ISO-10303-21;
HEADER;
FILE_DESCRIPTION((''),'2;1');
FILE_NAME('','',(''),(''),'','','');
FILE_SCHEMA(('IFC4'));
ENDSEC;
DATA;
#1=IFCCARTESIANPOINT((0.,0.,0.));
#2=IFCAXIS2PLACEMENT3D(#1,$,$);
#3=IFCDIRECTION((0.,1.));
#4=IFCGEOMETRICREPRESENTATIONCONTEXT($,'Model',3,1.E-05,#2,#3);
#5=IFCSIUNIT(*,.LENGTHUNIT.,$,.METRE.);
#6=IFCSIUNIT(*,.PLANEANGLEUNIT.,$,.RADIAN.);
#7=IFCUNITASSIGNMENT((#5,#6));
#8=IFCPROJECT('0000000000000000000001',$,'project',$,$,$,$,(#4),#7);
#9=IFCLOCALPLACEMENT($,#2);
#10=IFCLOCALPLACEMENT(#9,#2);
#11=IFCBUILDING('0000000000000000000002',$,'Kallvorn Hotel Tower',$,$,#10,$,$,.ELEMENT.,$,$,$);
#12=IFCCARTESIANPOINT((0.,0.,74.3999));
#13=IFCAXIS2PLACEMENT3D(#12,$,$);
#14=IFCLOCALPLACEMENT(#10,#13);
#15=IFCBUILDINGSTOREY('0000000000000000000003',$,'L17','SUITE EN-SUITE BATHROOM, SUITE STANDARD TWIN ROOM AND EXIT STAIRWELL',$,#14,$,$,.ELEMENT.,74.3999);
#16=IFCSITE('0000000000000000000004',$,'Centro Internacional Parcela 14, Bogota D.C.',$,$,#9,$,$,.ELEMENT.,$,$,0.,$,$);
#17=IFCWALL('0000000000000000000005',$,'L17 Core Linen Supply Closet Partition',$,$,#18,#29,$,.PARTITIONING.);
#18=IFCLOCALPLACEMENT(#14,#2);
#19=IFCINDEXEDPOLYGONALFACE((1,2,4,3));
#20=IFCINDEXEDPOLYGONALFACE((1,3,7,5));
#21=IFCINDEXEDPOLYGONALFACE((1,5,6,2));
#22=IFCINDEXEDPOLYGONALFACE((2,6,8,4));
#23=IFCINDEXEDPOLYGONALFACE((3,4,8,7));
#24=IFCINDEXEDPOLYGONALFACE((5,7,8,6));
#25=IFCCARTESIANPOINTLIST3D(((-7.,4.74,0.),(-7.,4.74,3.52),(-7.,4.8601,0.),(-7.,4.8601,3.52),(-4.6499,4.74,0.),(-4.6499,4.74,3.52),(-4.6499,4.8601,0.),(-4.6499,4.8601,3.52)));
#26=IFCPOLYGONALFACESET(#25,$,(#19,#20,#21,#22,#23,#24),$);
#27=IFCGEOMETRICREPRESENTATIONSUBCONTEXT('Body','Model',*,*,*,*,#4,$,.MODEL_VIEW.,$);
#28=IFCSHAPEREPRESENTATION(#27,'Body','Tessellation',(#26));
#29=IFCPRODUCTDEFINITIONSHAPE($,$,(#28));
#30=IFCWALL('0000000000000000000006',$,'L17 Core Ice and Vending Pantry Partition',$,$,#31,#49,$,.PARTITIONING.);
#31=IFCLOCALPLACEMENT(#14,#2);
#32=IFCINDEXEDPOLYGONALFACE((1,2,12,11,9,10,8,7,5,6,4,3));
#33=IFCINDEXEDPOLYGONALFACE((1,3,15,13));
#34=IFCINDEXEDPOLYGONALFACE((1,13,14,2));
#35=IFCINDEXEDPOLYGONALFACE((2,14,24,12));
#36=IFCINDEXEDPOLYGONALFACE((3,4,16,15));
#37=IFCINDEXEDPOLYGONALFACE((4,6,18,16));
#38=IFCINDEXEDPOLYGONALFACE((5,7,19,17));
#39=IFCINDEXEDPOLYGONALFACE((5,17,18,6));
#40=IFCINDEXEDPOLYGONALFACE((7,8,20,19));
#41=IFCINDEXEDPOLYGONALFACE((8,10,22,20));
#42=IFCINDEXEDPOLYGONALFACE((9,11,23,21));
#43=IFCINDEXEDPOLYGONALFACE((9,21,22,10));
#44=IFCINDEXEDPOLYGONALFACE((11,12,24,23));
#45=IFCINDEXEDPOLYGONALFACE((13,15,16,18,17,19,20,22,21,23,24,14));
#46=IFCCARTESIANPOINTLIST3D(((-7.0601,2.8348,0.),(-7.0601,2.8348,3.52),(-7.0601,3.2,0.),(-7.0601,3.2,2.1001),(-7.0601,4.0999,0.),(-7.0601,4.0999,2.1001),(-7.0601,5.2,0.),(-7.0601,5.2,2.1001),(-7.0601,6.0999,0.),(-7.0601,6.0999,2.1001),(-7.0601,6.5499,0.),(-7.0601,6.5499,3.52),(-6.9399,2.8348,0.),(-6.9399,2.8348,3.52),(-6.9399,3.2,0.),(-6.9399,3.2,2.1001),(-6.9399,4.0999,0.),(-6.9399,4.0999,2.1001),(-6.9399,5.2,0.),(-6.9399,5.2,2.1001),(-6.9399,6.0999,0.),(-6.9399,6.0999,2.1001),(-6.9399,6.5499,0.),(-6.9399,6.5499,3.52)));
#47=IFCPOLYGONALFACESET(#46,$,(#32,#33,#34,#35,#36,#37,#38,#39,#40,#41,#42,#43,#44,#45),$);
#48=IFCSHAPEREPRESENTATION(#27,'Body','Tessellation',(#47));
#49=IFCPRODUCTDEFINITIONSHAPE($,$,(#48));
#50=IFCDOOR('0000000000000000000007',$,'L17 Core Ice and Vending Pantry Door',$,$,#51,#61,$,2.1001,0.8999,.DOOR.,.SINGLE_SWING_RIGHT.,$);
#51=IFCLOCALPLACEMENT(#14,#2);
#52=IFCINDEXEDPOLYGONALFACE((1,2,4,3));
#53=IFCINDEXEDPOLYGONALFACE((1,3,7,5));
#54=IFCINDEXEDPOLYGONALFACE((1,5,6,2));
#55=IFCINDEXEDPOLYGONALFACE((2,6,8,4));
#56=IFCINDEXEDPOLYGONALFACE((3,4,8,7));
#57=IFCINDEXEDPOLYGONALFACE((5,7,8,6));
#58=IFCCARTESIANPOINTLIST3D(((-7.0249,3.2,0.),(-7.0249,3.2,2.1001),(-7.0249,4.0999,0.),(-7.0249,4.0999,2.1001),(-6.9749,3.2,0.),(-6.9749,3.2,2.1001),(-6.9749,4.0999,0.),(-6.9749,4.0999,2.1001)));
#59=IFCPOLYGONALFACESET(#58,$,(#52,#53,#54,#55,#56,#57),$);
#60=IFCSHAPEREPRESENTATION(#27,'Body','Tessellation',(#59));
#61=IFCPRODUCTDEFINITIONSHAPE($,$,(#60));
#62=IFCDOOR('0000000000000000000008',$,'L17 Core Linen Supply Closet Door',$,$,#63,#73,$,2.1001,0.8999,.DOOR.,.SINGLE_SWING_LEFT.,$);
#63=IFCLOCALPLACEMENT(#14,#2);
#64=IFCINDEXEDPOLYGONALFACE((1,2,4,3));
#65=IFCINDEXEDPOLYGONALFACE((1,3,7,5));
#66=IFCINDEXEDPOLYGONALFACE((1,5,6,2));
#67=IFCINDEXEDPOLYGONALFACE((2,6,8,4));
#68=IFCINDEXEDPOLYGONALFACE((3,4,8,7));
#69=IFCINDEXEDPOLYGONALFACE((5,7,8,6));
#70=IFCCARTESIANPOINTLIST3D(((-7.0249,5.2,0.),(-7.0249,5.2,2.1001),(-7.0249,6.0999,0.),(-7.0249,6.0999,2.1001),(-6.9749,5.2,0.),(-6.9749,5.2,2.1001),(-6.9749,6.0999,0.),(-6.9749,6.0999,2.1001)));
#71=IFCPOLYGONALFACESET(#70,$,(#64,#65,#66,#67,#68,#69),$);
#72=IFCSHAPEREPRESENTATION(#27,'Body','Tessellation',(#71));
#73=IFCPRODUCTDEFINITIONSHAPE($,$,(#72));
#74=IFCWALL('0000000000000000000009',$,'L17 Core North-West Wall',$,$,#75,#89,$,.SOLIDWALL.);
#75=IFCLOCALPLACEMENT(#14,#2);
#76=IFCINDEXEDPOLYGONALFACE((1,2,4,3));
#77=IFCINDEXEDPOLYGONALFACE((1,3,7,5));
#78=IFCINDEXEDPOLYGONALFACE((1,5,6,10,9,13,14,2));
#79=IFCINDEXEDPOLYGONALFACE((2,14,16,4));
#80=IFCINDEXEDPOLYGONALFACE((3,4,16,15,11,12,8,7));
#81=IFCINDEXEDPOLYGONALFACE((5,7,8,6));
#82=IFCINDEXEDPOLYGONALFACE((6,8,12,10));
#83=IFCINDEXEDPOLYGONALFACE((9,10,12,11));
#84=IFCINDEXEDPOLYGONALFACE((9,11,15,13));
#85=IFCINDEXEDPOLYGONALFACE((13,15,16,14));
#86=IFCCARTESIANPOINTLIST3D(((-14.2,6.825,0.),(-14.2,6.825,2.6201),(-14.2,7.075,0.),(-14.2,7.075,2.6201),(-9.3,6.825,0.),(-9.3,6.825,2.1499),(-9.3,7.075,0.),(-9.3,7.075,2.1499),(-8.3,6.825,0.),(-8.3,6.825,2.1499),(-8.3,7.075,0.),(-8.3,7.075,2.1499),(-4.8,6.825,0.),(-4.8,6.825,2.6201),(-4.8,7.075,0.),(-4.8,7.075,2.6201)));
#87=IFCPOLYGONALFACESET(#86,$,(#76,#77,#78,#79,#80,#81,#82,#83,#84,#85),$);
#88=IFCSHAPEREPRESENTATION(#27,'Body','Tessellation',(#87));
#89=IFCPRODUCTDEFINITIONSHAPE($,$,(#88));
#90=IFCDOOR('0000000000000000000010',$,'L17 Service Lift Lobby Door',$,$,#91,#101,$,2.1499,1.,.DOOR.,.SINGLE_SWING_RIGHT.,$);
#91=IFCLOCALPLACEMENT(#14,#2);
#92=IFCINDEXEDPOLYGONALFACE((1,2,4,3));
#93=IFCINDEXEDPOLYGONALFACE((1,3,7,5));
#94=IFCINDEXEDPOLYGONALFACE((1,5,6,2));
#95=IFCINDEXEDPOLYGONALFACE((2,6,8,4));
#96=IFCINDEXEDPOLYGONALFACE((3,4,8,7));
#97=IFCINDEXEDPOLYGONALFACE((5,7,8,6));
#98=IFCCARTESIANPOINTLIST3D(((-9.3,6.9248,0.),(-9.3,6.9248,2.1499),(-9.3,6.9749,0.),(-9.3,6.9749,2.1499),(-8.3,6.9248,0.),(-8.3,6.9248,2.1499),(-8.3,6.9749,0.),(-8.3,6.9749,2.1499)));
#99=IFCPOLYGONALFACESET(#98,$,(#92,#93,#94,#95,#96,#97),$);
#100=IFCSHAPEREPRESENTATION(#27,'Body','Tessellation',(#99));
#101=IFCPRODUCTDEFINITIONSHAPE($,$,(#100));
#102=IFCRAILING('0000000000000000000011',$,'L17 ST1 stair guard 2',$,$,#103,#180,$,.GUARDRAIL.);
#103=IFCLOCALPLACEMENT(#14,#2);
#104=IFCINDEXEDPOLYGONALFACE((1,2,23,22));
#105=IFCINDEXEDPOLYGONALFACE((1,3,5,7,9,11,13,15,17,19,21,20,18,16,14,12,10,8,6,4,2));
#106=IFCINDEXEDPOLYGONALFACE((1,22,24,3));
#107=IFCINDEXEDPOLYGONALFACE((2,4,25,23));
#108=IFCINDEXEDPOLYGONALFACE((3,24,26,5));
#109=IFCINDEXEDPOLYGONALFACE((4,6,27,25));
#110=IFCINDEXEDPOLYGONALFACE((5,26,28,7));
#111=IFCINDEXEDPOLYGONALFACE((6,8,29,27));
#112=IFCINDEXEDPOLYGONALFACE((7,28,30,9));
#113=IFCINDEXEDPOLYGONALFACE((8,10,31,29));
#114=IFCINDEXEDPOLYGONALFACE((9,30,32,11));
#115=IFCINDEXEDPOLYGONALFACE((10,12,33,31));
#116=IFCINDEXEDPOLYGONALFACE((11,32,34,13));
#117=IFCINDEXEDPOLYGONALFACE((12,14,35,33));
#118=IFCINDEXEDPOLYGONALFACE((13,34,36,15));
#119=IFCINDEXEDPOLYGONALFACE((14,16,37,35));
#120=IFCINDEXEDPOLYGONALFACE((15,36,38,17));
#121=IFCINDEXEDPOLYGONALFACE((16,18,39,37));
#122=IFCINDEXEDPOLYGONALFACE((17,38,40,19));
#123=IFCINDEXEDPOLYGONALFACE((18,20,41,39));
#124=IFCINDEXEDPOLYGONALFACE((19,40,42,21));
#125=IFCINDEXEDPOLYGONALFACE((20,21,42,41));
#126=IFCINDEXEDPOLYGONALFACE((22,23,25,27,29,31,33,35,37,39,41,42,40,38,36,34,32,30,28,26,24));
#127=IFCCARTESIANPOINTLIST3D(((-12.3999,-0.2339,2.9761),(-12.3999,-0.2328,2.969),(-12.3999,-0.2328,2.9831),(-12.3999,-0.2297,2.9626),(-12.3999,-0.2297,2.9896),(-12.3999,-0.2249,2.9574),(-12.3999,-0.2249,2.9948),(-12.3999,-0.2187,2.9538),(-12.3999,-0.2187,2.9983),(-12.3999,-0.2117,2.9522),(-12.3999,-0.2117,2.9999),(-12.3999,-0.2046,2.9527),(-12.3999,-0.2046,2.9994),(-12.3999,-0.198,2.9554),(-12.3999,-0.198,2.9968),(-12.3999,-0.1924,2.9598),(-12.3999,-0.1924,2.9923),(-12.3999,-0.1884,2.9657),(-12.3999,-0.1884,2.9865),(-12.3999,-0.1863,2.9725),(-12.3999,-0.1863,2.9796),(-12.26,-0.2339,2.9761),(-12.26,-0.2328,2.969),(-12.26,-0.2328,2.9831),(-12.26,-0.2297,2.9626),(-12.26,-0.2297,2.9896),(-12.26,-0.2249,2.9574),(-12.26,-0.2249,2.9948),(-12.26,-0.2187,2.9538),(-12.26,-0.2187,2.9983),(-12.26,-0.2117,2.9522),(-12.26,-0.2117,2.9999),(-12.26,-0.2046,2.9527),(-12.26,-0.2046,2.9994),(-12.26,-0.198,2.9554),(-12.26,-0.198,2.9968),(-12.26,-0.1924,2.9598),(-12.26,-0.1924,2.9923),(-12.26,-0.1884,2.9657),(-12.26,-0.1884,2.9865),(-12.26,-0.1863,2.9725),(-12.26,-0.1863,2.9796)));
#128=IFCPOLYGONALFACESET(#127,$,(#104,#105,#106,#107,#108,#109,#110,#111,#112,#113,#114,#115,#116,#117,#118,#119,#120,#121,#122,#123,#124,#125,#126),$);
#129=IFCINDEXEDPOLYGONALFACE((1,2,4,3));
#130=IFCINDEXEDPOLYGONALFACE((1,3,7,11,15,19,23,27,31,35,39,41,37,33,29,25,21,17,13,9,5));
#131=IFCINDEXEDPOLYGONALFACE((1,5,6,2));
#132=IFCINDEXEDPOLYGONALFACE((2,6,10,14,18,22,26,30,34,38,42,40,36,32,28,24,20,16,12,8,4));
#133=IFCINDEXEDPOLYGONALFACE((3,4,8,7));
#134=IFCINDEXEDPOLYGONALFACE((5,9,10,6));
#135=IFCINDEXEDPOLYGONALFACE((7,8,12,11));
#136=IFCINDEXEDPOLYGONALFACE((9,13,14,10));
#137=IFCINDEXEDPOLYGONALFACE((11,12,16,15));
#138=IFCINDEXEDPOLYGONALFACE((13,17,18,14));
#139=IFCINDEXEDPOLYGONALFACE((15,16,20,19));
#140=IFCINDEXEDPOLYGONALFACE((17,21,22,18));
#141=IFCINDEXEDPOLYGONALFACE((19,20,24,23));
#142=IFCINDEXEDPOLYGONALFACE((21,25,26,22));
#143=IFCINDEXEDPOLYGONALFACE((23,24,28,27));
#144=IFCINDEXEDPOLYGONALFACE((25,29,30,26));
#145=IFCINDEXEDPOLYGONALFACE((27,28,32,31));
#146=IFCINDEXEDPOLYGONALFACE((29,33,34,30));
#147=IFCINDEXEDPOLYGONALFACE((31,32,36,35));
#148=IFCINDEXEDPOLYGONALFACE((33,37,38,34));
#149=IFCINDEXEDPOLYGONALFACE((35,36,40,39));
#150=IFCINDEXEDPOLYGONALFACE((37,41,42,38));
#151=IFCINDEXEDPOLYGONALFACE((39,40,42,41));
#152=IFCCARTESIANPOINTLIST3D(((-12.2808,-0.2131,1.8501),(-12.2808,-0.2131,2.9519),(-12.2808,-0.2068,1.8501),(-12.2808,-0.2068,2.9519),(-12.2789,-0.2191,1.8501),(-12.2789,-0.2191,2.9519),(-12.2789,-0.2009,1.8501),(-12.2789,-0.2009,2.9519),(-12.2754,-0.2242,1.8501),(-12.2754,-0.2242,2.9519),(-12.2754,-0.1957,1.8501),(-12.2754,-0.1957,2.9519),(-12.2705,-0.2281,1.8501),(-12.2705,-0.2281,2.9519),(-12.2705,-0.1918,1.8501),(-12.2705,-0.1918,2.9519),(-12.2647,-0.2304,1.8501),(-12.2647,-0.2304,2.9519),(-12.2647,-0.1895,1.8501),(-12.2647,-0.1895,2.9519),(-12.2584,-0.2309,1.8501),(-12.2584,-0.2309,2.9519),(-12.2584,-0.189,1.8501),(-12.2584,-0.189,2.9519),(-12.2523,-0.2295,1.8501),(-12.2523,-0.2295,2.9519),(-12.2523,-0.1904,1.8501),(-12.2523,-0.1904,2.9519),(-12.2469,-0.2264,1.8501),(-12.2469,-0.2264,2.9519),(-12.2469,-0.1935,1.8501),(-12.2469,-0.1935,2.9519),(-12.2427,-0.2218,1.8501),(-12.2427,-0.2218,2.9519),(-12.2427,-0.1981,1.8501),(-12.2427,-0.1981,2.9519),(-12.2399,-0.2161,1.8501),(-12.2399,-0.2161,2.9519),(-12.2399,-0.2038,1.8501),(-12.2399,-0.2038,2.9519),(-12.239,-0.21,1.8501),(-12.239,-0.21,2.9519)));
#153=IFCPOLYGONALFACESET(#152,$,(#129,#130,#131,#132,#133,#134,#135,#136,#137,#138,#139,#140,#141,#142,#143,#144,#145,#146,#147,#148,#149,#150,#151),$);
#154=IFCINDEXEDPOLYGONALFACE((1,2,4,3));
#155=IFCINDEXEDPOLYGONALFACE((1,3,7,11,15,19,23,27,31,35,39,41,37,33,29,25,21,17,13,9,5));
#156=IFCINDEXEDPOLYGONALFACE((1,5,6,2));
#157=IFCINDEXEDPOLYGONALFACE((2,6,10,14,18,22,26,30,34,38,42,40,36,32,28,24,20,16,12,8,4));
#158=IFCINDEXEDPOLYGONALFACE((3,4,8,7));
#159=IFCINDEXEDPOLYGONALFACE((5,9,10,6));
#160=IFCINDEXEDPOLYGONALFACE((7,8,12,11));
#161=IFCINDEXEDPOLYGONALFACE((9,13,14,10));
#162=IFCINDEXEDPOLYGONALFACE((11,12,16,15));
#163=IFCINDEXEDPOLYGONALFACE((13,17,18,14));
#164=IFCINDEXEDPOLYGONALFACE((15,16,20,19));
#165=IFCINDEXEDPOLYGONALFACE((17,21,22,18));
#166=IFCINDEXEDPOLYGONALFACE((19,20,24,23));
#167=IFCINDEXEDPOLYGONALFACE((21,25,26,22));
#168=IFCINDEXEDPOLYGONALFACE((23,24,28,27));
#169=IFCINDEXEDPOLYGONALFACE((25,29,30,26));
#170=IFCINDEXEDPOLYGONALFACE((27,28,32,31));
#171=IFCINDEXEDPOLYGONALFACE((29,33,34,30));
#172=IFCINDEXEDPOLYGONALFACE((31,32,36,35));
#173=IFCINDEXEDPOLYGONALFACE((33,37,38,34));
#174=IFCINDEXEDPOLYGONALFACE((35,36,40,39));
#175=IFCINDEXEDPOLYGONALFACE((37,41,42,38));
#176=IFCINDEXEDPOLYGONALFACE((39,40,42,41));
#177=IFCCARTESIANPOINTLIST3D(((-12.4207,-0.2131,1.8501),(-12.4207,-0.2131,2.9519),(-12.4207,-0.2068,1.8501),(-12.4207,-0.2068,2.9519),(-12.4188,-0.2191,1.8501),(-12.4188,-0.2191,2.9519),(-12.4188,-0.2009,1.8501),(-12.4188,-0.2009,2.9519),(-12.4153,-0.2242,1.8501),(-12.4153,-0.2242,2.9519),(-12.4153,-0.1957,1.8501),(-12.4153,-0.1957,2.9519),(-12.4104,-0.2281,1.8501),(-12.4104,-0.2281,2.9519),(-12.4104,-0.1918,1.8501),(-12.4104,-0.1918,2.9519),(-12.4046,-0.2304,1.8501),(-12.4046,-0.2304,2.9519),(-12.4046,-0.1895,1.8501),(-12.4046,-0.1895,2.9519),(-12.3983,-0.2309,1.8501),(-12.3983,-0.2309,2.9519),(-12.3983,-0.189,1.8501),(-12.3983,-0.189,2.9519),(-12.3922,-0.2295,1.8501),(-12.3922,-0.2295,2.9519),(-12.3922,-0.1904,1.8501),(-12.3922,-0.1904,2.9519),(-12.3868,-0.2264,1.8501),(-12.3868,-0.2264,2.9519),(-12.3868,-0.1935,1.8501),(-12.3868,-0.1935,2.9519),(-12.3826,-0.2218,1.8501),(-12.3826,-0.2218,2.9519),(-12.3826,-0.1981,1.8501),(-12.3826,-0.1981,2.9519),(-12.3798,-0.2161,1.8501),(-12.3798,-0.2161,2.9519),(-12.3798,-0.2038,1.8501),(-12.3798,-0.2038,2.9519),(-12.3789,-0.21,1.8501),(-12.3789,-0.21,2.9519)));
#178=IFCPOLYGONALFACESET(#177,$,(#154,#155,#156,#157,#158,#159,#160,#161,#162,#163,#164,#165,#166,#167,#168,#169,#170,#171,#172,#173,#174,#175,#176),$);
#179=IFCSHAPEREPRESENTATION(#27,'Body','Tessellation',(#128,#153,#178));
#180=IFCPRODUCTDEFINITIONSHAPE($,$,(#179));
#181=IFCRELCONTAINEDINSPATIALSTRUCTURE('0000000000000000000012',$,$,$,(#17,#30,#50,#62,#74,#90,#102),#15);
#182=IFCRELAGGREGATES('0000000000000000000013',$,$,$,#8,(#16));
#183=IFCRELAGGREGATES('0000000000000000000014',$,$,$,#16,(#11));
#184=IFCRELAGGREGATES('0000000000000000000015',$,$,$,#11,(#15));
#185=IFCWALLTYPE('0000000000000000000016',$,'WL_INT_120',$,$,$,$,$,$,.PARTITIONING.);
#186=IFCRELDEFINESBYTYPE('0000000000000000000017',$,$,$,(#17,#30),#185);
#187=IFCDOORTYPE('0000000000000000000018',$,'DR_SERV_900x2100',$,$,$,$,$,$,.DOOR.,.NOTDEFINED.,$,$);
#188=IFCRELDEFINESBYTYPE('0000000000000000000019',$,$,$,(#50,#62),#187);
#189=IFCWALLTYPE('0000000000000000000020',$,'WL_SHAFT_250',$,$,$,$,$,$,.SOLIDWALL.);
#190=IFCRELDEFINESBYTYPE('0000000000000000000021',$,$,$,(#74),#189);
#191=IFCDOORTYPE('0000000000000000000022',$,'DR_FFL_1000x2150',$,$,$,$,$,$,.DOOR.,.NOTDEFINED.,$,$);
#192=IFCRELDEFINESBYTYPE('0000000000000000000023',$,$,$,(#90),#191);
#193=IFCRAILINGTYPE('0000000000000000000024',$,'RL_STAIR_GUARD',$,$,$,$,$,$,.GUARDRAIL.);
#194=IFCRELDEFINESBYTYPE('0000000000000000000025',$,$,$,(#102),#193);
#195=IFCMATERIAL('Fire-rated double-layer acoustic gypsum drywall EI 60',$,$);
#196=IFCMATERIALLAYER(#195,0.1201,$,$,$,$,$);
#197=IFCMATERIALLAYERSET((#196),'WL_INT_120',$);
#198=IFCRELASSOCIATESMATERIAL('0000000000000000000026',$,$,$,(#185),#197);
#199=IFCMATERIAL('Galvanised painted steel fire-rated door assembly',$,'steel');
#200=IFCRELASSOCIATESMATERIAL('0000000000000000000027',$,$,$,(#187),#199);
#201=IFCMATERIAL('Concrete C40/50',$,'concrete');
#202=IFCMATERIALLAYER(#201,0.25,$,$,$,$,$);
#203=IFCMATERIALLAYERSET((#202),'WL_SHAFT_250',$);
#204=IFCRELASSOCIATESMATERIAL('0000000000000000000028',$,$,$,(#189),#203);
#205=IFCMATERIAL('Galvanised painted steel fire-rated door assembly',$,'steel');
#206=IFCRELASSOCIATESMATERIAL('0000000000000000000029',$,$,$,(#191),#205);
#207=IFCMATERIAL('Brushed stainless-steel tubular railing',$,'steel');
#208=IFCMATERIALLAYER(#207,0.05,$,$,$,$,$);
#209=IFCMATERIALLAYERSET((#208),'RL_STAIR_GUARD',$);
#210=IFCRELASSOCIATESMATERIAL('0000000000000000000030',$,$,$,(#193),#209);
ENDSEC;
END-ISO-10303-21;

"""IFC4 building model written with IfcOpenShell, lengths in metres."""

from ifc_helpers import new_model, si_unit, direction, frame, frame_2d, origin, origin_2d, place, context, subcontext, project, spatial, rectangle, circle, extrude, material, layer, layer_set, type_object, element, fill, save


model = new_model("IFC4")

# Units and contexts
model_context = context("Model", 3, precision=1e-05, world=origin(), true_north=direction((0.0, 1.0)))
body_context = subcontext(model_context, "Body", "Model", "MODEL_VIEW")
ifc_project = project(units=[si_unit("LENGTHUNIT", "METRE"), si_unit("PLANEANGLEUNIT", "RADIAN")], contexts=[model_context])

# Site, building, storey
site_placement = place(None, origin())
site = spatial("IfcSite", under=ifc_project, at=site_placement, Name="Centro Internacional Parcela 14, Bogota D.C.", CompositionType="ELEMENT", RefElevation=0.0)
building_placement = place(site_placement, origin())
building = spatial("IfcBuilding", under=site, at=building_placement, Name="Kallvorn Hotel Tower", CompositionType="ELEMENT")
storey_placement = place(building_placement, frame((0.0, 0.0, 74.3999)))
storey = spatial("IfcBuildingStorey", under=building, at=storey_placement, Name="L17", Description="SUITE EN-SUITE BATHROOM, SUITE STANDARD TWIN ROOM AND EXIT STAIRWELL", CompositionType="ELEMENT", Elevation=74.3999)

# Wall
ifc_material_1 = material(Name="Fire-rated double-layer acoustic gypsum drywall EI 60")
ifc_layer_1 = layer(ifc_material_1, 0.1201)
ifc_layer_set_1 = layer_set([ifc_layer_1], Name="WL_INT_120")
wall_type_1 = type_object("IfcWallType", Name="WL_INT_120", PredefinedType="PARTITIONING", material=ifc_layer_set_1)
for number, where, z_axis, x_axis, name in (
    (1, (-7.0, 4.8, 0.0), (0.0, 0.0, 1.0), (1.0, 0.0, 0.0), "L17 Core Linen Supply Closet Partition"),
):
    element("IfcWall", number, at=place(storey_placement, frame(where, z_axis=z_axis, x_axis=x_axis)), inside=storey, type_object=wall_type_1, Name=name, PredefinedType="PARTITIONING", context=body_context, shape_type="SweptSolid", body=[
        extrude(rectangle(XDim=2.3501, YDim=0.1201, at=frame_2d((1.175, 0.0))), origin(), (0.0, 0.0, 1.0), 3.52),
    ])

# Wall, openings, doors
wall_1_placement = place(storey_placement, frame((-7.0, 2.835, 0.0), z_axis=(0.0, 0.0, 1.0), x_axis=(0.0, 1.0, 0.0)))
wall_1 = element("IfcWall", 2, at=wall_1_placement, inside=storey, type_object=wall_type_1, Name="L17 Core Ice and Vending Pantry Partition", PredefinedType="PARTITIONING", context=body_context, shape_type="SweptSolid", body=[
    extrude(rectangle(XDim=3.7151, YDim=0.1201, at=frame_2d((1.8574, 0.0))), origin(), (0.0, 0.0, 1.0), 3.52),
])
opening_1_placement = place(wall_1_placement, frame((0.365, 0.0, 0.0)))
opening_1 = element("IfcOpeningElement", 3, at=opening_1_placement, cuts=wall_1, PredefinedType="OPENING", context=body_context, shape_type="SweptSolid", body=[
    extrude(rectangle(XDim=0.8999, YDim=2.1001, at=frame_2d((0.45, 1.05))), frame((0.0, 0.075, 0.0), z_axis=(0.0, -1.0, 0.0), x_axis=(1.0, 0.0, 0.0)), (0.0, 0.0, 1.0), 0.1501),
])
opening_2_placement = place(wall_1_placement, frame((2.365, 0.0, 0.0)))
opening_2 = element("IfcOpeningElement", 4, at=opening_2_placement, cuts=wall_1, PredefinedType="OPENING", context=body_context, shape_type="SweptSolid", body=[
    extrude(rectangle(XDim=0.8999, YDim=2.1001, at=frame_2d((0.45, 1.05))), frame((0.0, 0.075, 0.0), z_axis=(0.0, -1.0, 0.0), x_axis=(1.0, 0.0, 0.0)), (0.0, 0.0, 1.0), 0.1501),
])
ifc_material_2 = material(Name="Galvanised painted steel fire-rated door assembly", Category="steel")
door_type_1 = type_object("IfcDoorType", Name="DR_SERV_900x2100", OperationType="NOTDEFINED", PredefinedType="DOOR", material=ifc_material_2)
door_1_placement = place(opening_1_placement, origin())
door_1 = element("IfcDoor", 5, at=door_1_placement, inside=storey, type_object=door_type_1, Name="L17 Core Ice and Vending Pantry Door", OperationType="SINGLE_SWING_RIGHT", OverallHeight=2.1001, OverallWidth=0.8999, PredefinedType="DOOR", context=body_context, shape_type="SweptSolid", body=[
    extrude(rectangle(XDim=0.8999, YDim=2.1001, at=frame_2d((0.45, 1.05))), frame((0.0, 0.0249, 0.0), z_axis=(0.0, -1.0, 0.0), x_axis=(1.0, 0.0, 0.0)), (0.0, 0.0, 1.0), 0.05),
])
fill(opening_1, door_1)
door_2_placement = place(opening_2_placement, origin())
door_2 = element("IfcDoor", 6, at=door_2_placement, inside=storey, type_object=door_type_1, Name="L17 Core Linen Supply Closet Door", OperationType="SINGLE_SWING_LEFT", OverallHeight=2.1001, OverallWidth=0.8999, PredefinedType="DOOR", context=body_context, shape_type="SweptSolid", body=[
    extrude(rectangle(XDim=0.8999, YDim=2.1001, at=frame_2d((0.45, 1.05))), frame((0.0, 0.0249, 0.0), z_axis=(0.0, -1.0, 0.0), x_axis=(1.0, 0.0, 0.0)), (0.0, 0.0, 1.0), 0.05),
])
fill(opening_2, door_2)

# Wall, opening, door
ifc_material_3 = material(Name="Concrete C40/50", Category="concrete")
ifc_layer_2 = layer(ifc_material_3, 0.25)
ifc_layer_set_2 = layer_set([ifc_layer_2], Name="WL_SHAFT_250")
wall_type_2 = type_object("IfcWallType", Name="WL_SHAFT_250", PredefinedType="SOLIDWALL", material=ifc_layer_set_2)
wall_2_placement = place(storey_placement, frame((-14.2, 6.95, 0.0), z_axis=(0.0, 0.0, 1.0), x_axis=(1.0, 0.0, 0.0)))
wall_2 = element("IfcWall", 7, at=wall_2_placement, inside=storey, type_object=wall_type_2, Name="L17 Core North-West Wall", PredefinedType="SOLIDWALL", context=body_context, shape_type="SweptSolid", body=[
    extrude(rectangle(XDim=9.3999, YDim=0.25, at=frame_2d((4.7, 0.0))), origin(), (0.0, 0.0, 1.0), 2.6201),
])
opening_3_placement = place(wall_2_placement, frame((4.8999, 0.0, 0.0)))
opening_3 = element("IfcOpeningElement", 8, at=opening_3_placement, cuts=wall_2, PredefinedType="OPENING", context=body_context, shape_type="SweptSolid", body=[
    extrude(rectangle(XDim=1.0, YDim=2.1499, at=frame_2d((0.5, 1.075))), frame((0.0, 0.1399, 0.0), z_axis=(0.0, -1.0, 0.0), x_axis=(1.0, 0.0, 0.0)), (0.0, 0.0, 1.0), 0.28),
])
ifc_material_4 = material(Name="Galvanised painted steel fire-rated door assembly", Category="steel")
door_type_2 = type_object("IfcDoorType", Name="DR_FFL_1000x2150", OperationType="NOTDEFINED", PredefinedType="DOOR", material=ifc_material_4)
door_3_placement = place(opening_3_placement, origin())
door_3 = element("IfcDoor", 9, at=door_3_placement, inside=storey, type_object=door_type_2, Name="L17 Service Lift Lobby Door", OperationType="SINGLE_SWING_RIGHT", OverallHeight=2.1499, OverallWidth=1.0, PredefinedType="DOOR", context=body_context, shape_type="SweptSolid", body=[
    extrude(rectangle(XDim=1.0, YDim=2.1499, at=frame_2d((0.5, 1.075))), frame((0.0, 0.0249, 0.0), z_axis=(0.0, -1.0, 0.0), x_axis=(1.0, 0.0, 0.0)), (0.0, 0.0, 1.0), 0.05),
])
fill(opening_3, door_3)

# Railing
ifc_material_5 = material(Name="Brushed stainless-steel tubular railing", Category="steel")
ifc_layer_3 = layer(ifc_material_5, 0.05)
ifc_layer_set_3 = layer_set([ifc_layer_3], Name="RL_STAIR_GUARD")
railing_type = type_object("IfcRailingType", Name="RL_STAIR_GUARD", PredefinedType="GUARDRAIL", material=ifc_layer_set_3)
railing_1_placement = place(storey_placement, frame((-12.26, -0.21, 1.8501)))
element("IfcRailing", 10, at=railing_1_placement, inside=storey, type_object=railing_type, Name="L17 ST1 stair guard 2", PredefinedType="GUARDRAIL", context=body_context, shape_type="SweptSolid", body=[
    extrude(circle(Radius=0.0239, at=origin_2d()), frame((0.0, 0.0, 1.126), z_axis=(-1.0, 0.0, 0.0), x_axis=(0.0, -1.0, 0.0)), (0.0, 0.0, 1.0), 0.1399),
    extrude(circle(Radius=0.021, at=origin_2d()), origin(), (0.0, 0.0, 1.0), 1.1018),
    extrude(circle(Radius=0.021, at=origin_2d()), frame((-0.1399, 0.0, 0.0)), (0.0, 0.0, 1.0), 1.1018),
])

save(model, "model.ifc")
